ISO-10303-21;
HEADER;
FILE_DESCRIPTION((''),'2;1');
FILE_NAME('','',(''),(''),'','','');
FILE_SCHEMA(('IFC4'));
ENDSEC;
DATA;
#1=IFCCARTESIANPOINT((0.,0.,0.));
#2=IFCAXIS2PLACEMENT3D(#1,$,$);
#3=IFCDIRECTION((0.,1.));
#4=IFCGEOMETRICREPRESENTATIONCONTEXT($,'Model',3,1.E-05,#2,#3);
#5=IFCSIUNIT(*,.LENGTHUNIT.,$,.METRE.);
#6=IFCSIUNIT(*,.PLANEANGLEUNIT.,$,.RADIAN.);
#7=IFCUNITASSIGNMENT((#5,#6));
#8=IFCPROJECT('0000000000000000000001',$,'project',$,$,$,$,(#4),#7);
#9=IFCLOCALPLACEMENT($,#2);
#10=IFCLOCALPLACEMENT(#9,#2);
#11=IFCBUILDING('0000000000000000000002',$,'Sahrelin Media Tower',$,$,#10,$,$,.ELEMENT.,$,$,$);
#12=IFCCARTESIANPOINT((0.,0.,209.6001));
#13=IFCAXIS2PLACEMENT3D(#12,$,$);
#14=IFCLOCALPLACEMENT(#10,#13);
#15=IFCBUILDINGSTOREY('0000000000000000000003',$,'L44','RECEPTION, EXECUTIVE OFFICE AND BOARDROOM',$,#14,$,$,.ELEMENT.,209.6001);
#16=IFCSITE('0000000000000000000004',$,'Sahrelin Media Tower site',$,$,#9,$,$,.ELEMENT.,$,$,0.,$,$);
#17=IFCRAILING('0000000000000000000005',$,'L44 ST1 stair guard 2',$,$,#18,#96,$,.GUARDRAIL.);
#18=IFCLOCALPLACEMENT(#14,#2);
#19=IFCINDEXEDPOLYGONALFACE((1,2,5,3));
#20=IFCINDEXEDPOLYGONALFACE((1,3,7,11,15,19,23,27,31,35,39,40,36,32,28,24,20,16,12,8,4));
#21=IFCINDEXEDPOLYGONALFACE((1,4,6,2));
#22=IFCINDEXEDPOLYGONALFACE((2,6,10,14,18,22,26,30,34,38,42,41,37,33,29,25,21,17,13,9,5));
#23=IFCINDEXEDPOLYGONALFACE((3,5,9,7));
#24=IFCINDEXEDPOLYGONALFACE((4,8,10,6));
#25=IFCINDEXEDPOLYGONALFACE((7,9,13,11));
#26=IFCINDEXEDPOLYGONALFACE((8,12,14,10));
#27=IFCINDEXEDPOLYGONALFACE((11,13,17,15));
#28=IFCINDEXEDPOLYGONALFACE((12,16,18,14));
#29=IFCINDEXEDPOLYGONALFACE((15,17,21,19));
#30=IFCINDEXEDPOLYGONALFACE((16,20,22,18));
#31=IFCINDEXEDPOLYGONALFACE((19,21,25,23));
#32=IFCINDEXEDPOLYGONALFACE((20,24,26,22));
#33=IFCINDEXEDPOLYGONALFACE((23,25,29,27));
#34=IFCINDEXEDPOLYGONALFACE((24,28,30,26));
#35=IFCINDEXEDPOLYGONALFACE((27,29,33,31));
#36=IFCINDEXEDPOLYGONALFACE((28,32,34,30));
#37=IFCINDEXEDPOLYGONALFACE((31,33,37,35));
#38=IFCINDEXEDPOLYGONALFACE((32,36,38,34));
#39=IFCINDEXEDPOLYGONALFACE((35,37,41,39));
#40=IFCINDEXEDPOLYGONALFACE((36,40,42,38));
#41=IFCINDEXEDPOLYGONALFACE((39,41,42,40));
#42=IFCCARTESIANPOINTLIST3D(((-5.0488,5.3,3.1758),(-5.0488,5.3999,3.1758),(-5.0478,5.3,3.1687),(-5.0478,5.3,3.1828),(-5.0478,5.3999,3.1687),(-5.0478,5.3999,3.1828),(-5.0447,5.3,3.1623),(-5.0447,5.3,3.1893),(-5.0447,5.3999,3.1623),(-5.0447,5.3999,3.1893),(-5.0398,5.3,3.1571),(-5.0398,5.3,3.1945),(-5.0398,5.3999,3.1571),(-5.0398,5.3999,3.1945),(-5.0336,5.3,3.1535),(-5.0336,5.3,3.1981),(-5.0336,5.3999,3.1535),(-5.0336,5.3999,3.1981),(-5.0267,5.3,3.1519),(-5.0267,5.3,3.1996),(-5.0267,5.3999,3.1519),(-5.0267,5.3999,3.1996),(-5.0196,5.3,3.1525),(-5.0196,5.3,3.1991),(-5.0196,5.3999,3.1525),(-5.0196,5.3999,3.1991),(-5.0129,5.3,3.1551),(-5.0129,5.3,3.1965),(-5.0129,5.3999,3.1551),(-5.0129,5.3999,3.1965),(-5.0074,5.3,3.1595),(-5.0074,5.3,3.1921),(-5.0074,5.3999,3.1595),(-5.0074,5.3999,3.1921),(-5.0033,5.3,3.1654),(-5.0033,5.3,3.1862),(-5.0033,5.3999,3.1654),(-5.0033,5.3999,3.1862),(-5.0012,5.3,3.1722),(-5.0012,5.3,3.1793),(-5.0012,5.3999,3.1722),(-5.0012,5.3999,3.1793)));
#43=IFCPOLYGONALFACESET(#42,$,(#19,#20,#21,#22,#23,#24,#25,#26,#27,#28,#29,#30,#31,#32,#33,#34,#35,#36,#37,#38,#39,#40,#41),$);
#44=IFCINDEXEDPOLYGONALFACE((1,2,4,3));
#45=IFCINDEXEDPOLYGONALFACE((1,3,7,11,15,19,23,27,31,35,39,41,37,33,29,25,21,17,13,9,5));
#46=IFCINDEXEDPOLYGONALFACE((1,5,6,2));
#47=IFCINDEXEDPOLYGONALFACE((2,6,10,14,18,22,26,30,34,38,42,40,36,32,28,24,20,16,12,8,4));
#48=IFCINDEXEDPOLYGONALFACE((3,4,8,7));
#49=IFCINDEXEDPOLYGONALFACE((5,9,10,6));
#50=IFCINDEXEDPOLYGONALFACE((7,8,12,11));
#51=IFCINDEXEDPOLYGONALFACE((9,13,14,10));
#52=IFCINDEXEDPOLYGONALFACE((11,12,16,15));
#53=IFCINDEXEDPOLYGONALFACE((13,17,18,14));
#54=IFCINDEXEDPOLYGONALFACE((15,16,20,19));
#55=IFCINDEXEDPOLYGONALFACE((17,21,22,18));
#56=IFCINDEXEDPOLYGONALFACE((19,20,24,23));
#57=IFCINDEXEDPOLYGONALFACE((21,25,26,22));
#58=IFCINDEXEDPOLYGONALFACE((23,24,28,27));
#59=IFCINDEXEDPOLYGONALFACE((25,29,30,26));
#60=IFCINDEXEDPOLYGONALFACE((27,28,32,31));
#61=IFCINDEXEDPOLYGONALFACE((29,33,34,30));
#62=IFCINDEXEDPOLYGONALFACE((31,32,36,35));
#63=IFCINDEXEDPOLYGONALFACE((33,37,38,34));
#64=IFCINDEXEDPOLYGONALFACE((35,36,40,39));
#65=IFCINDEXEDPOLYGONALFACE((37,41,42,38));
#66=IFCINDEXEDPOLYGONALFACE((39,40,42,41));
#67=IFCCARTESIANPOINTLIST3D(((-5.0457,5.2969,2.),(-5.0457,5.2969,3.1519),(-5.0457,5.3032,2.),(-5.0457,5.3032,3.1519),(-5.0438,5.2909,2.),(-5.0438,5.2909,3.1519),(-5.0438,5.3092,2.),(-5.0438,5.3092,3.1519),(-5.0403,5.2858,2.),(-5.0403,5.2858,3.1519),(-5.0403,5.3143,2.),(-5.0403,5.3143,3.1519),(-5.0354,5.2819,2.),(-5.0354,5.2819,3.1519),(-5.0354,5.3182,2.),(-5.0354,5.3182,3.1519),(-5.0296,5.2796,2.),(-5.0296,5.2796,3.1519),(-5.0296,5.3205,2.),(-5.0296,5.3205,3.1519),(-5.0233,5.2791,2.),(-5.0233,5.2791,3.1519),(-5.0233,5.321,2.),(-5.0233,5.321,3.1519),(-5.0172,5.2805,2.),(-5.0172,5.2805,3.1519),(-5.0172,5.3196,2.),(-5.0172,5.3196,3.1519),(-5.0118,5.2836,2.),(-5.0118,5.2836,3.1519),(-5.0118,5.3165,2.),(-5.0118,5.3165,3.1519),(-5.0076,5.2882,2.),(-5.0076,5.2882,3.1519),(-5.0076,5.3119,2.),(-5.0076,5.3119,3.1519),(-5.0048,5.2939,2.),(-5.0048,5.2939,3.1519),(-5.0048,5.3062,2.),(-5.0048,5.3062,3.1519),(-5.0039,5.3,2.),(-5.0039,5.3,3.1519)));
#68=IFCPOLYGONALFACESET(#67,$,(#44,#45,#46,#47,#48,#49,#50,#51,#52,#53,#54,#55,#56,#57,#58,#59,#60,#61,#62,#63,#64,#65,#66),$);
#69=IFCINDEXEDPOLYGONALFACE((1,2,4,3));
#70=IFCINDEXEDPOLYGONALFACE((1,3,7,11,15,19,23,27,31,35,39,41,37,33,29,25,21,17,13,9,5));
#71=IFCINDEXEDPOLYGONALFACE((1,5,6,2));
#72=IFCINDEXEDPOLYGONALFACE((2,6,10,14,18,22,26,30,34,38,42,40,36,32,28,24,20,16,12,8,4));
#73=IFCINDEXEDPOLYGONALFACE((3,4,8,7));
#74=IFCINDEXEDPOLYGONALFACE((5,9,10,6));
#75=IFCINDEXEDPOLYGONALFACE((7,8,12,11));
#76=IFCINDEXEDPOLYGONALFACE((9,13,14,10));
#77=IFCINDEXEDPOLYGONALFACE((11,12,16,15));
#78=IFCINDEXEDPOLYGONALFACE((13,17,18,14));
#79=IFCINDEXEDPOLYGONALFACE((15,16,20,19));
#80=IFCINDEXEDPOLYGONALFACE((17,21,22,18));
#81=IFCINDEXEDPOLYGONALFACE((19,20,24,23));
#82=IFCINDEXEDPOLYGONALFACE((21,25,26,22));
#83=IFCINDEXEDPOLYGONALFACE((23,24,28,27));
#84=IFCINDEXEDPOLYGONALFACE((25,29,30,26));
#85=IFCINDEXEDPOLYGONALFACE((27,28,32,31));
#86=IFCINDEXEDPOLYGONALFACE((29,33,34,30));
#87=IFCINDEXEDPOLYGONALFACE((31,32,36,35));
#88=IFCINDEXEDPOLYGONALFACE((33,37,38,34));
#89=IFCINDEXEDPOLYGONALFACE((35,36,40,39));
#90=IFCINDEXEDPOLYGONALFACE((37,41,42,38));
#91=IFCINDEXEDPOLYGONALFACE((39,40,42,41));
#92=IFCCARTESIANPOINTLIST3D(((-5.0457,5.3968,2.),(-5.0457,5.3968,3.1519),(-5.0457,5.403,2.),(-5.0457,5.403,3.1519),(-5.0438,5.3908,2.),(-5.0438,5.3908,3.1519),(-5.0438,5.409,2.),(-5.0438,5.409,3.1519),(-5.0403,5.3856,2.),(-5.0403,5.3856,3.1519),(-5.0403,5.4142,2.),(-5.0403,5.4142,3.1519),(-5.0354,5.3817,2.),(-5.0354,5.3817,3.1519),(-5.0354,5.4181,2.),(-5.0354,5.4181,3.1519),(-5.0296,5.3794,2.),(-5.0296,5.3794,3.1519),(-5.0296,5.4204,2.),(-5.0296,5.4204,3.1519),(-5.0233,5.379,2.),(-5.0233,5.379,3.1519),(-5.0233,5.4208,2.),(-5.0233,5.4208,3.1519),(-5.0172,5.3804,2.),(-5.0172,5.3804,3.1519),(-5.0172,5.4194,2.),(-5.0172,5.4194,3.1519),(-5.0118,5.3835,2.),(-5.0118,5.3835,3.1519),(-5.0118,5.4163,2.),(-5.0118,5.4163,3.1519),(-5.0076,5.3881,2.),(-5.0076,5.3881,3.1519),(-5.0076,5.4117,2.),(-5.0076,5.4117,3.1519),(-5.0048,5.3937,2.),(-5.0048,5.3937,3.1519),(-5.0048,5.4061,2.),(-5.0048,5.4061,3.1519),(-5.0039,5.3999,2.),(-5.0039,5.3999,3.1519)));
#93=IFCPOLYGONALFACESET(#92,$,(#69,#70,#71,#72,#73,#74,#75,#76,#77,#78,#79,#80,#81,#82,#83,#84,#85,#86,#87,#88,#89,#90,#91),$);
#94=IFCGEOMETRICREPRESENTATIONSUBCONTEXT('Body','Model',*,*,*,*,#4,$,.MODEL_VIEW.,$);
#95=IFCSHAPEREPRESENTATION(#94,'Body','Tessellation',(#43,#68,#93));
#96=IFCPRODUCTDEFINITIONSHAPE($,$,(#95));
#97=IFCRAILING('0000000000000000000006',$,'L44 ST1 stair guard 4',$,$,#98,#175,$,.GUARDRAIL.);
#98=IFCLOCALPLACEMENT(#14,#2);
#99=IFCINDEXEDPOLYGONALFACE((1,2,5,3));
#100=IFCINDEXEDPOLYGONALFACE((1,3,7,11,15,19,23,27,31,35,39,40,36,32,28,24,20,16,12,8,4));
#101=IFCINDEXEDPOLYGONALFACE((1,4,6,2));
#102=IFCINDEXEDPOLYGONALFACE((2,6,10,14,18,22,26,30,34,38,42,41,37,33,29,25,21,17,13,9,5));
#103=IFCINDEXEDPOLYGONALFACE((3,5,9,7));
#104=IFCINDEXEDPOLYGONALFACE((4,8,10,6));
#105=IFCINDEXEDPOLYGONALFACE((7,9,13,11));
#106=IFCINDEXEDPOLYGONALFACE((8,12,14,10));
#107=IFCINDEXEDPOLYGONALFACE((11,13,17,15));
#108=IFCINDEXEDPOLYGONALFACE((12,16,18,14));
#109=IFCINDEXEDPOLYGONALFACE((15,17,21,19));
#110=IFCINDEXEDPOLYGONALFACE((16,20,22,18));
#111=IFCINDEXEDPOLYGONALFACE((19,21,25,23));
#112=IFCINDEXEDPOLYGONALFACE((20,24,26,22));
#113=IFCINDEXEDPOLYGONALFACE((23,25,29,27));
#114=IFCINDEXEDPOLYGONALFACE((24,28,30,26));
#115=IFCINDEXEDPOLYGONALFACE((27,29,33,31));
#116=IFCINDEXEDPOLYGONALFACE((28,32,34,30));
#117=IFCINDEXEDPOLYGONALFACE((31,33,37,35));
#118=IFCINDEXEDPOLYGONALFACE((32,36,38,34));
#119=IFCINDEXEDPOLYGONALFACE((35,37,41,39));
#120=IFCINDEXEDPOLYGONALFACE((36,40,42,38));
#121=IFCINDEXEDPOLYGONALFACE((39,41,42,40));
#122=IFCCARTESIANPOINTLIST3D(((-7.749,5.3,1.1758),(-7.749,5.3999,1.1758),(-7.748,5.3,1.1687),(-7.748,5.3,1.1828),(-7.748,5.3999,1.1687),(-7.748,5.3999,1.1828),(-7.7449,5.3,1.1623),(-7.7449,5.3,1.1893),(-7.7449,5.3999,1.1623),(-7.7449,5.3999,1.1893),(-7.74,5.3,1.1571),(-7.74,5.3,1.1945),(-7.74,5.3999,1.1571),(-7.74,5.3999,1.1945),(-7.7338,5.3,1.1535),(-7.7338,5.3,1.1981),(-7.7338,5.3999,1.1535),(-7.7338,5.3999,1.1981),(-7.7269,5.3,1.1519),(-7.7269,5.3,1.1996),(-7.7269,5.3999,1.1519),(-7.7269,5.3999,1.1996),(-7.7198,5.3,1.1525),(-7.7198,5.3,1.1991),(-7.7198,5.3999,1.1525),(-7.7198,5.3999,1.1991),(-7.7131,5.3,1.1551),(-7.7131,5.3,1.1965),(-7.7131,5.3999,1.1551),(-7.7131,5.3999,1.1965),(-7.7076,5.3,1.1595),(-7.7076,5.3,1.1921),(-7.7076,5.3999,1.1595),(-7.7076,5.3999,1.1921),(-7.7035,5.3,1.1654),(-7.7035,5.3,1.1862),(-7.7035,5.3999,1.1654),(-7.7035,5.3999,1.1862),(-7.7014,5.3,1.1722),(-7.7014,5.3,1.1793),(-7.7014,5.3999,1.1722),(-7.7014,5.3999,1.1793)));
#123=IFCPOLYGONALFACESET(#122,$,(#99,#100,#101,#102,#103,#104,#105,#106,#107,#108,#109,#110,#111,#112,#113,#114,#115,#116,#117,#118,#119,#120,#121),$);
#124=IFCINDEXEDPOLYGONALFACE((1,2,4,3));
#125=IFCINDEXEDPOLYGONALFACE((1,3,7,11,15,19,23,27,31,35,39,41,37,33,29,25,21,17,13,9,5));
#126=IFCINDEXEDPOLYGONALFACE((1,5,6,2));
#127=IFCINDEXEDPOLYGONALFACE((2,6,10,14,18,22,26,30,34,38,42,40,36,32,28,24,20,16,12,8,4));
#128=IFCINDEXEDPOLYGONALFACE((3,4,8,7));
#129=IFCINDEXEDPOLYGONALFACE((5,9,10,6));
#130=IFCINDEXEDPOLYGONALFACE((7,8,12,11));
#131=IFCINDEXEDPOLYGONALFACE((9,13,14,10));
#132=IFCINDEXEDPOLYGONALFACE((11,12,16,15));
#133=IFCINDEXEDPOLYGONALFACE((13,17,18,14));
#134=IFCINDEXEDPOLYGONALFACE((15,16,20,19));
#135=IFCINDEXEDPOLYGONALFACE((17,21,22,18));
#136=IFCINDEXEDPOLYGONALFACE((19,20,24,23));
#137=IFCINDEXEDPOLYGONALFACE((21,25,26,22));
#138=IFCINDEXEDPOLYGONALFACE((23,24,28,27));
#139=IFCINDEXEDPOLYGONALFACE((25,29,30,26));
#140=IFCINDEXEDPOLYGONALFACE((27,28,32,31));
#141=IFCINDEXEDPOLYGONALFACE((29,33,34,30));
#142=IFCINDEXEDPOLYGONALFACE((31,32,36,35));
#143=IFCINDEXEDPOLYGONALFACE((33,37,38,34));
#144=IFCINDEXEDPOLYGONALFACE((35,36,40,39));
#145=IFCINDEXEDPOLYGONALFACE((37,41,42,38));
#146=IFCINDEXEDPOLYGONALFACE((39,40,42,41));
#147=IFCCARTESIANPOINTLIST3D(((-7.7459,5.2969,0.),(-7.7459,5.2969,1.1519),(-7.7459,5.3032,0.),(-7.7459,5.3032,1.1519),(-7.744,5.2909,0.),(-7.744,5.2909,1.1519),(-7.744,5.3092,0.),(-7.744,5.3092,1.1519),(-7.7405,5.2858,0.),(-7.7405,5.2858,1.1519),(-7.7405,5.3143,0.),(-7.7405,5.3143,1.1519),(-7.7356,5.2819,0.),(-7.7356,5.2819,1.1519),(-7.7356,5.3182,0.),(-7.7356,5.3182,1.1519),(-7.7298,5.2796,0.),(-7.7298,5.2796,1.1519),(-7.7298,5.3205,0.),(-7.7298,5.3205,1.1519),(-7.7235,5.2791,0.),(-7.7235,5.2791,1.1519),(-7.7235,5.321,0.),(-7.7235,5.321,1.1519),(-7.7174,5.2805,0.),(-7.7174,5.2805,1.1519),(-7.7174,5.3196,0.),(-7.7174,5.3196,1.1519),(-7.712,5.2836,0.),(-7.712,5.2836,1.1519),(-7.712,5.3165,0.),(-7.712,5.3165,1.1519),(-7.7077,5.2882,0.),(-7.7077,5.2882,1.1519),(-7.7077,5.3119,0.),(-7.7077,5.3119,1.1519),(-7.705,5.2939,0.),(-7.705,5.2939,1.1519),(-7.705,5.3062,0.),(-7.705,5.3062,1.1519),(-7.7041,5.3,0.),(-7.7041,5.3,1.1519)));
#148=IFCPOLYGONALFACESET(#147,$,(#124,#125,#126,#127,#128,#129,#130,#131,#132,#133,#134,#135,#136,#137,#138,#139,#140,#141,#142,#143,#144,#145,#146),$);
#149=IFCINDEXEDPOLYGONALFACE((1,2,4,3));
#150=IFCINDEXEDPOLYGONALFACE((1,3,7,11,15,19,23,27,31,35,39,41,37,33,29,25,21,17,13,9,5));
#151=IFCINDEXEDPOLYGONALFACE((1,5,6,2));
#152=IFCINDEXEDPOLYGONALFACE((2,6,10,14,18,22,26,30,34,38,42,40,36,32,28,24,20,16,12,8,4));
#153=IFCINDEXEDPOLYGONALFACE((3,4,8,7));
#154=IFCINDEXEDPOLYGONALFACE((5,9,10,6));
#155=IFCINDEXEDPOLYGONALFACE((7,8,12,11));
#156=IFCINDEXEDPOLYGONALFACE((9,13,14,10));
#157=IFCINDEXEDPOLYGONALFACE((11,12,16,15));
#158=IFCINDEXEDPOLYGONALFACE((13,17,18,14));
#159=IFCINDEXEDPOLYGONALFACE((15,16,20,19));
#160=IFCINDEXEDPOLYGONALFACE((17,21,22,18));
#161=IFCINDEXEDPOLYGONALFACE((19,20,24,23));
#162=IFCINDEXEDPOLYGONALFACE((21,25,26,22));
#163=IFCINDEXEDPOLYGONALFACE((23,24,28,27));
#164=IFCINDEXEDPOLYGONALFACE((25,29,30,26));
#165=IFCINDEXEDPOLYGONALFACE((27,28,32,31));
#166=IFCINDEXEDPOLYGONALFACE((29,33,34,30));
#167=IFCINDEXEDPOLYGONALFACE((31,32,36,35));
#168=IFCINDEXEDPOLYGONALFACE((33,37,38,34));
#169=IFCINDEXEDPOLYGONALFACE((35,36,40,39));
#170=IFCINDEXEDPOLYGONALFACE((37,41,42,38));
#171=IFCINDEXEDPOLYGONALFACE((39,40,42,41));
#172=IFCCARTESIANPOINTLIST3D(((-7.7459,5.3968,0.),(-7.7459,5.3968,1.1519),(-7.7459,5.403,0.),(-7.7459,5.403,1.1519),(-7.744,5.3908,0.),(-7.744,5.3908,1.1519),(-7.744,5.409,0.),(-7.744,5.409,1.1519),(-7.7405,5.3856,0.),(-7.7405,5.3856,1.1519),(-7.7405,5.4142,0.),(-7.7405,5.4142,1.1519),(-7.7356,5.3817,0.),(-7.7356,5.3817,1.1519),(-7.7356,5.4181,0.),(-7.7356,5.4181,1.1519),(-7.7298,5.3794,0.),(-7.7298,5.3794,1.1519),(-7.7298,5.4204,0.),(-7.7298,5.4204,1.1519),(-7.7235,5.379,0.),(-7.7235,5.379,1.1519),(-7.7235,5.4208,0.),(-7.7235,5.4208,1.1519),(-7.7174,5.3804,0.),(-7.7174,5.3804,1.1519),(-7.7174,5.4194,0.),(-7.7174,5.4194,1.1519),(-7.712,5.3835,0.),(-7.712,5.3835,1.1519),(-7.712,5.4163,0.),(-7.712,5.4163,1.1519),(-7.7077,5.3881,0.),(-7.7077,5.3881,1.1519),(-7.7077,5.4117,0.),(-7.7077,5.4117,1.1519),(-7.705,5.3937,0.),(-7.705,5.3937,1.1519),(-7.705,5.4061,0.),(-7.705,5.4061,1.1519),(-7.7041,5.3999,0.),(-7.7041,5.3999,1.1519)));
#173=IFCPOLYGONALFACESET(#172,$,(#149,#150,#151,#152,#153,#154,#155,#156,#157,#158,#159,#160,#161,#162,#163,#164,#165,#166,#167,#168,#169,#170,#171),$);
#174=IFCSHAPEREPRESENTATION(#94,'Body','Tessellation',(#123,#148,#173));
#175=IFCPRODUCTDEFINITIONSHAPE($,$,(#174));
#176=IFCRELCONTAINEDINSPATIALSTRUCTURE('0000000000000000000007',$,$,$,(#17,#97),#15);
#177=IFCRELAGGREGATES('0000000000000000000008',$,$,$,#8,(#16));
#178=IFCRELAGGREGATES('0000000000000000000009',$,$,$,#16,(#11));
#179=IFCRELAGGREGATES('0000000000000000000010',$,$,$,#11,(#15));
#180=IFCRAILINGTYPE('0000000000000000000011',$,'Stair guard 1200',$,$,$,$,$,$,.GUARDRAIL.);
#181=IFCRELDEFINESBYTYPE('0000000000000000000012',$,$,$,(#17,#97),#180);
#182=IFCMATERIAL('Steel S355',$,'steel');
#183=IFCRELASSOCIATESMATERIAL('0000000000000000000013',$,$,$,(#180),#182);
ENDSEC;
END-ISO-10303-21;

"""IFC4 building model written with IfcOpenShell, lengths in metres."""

from ifc_helpers import new_model, si_unit, direction, frame, origin, origin_2d, place, context, subcontext, project, spatial, circle, extrude, material, type_object, element, save


model = new_model("IFC4")

# Units and contexts
model_context = context("Model", 3, precision=1e-05, world=origin(), true_north=direction((0.0, 1.0)))
body_context = subcontext(model_context, "Body", "Model", "MODEL_VIEW")
ifc_project = project(units=[si_unit("LENGTHUNIT", "METRE"), si_unit("PLANEANGLEUNIT", "RADIAN")], contexts=[model_context])

# Site, building, storey
site_placement = place(None, origin())
site = spatial("IfcSite", under=ifc_project, at=site_placement, Name="Sahrelin Media Tower site", CompositionType="ELEMENT", RefElevation=0.0)
building_placement = place(site_placement, origin())
building = spatial("IfcBuilding", under=site, at=building_placement, Name="Sahrelin Media Tower", CompositionType="ELEMENT")
storey_placement = place(building_placement, frame((0.0, 0.0, 209.6001)))
storey = spatial("IfcBuildingStorey", under=building, at=storey_placement, Name="L44", Description="RECEPTION, EXECUTIVE OFFICE AND BOARDROOM", CompositionType="ELEMENT", Elevation=209.6001)

# Shared definitions
ifc_material_1 = material(Name="Steel S355", Category="steel")

# Railings
railing_type_1 = type_object("IfcRailingType", Name="Stair guard 1200", PredefinedType="GUARDRAIL", material=ifc_material_1)
for number, where, name in (
    (1, (-5.0249, 5.3, 2.0), "L44 ST1 stair guard 2"),
    (2, (-7.7251, 5.3, 0.0), "L44 ST1 stair guard 4"),
):
    element("IfcRailing", number, at=place(storey_placement, frame(where)), inside=storey, type_object=railing_type_1, Name=name, PredefinedType="GUARDRAIL", context=body_context, shape_type="SweptSolid", body=[
        extrude(circle(Radius=0.0239, at=origin_2d()), frame((0.0, 0.0, 1.1758), z_axis=(0.0, 1.0, 0.0), x_axis=(-1.0, 0.0, 0.0)), (0.0, 0.0, 1.0), 0.0999),
        extrude(circle(Radius=0.021, at=origin_2d()), origin(), (0.0, 0.0, 1.0), 1.1519),
        extrude(circle(Radius=0.021, at=origin_2d()), frame((0.0, 0.0999, 0.0)), (0.0, 0.0, 1.0), 1.1519),
    ])

save(model, "model.ifc")
